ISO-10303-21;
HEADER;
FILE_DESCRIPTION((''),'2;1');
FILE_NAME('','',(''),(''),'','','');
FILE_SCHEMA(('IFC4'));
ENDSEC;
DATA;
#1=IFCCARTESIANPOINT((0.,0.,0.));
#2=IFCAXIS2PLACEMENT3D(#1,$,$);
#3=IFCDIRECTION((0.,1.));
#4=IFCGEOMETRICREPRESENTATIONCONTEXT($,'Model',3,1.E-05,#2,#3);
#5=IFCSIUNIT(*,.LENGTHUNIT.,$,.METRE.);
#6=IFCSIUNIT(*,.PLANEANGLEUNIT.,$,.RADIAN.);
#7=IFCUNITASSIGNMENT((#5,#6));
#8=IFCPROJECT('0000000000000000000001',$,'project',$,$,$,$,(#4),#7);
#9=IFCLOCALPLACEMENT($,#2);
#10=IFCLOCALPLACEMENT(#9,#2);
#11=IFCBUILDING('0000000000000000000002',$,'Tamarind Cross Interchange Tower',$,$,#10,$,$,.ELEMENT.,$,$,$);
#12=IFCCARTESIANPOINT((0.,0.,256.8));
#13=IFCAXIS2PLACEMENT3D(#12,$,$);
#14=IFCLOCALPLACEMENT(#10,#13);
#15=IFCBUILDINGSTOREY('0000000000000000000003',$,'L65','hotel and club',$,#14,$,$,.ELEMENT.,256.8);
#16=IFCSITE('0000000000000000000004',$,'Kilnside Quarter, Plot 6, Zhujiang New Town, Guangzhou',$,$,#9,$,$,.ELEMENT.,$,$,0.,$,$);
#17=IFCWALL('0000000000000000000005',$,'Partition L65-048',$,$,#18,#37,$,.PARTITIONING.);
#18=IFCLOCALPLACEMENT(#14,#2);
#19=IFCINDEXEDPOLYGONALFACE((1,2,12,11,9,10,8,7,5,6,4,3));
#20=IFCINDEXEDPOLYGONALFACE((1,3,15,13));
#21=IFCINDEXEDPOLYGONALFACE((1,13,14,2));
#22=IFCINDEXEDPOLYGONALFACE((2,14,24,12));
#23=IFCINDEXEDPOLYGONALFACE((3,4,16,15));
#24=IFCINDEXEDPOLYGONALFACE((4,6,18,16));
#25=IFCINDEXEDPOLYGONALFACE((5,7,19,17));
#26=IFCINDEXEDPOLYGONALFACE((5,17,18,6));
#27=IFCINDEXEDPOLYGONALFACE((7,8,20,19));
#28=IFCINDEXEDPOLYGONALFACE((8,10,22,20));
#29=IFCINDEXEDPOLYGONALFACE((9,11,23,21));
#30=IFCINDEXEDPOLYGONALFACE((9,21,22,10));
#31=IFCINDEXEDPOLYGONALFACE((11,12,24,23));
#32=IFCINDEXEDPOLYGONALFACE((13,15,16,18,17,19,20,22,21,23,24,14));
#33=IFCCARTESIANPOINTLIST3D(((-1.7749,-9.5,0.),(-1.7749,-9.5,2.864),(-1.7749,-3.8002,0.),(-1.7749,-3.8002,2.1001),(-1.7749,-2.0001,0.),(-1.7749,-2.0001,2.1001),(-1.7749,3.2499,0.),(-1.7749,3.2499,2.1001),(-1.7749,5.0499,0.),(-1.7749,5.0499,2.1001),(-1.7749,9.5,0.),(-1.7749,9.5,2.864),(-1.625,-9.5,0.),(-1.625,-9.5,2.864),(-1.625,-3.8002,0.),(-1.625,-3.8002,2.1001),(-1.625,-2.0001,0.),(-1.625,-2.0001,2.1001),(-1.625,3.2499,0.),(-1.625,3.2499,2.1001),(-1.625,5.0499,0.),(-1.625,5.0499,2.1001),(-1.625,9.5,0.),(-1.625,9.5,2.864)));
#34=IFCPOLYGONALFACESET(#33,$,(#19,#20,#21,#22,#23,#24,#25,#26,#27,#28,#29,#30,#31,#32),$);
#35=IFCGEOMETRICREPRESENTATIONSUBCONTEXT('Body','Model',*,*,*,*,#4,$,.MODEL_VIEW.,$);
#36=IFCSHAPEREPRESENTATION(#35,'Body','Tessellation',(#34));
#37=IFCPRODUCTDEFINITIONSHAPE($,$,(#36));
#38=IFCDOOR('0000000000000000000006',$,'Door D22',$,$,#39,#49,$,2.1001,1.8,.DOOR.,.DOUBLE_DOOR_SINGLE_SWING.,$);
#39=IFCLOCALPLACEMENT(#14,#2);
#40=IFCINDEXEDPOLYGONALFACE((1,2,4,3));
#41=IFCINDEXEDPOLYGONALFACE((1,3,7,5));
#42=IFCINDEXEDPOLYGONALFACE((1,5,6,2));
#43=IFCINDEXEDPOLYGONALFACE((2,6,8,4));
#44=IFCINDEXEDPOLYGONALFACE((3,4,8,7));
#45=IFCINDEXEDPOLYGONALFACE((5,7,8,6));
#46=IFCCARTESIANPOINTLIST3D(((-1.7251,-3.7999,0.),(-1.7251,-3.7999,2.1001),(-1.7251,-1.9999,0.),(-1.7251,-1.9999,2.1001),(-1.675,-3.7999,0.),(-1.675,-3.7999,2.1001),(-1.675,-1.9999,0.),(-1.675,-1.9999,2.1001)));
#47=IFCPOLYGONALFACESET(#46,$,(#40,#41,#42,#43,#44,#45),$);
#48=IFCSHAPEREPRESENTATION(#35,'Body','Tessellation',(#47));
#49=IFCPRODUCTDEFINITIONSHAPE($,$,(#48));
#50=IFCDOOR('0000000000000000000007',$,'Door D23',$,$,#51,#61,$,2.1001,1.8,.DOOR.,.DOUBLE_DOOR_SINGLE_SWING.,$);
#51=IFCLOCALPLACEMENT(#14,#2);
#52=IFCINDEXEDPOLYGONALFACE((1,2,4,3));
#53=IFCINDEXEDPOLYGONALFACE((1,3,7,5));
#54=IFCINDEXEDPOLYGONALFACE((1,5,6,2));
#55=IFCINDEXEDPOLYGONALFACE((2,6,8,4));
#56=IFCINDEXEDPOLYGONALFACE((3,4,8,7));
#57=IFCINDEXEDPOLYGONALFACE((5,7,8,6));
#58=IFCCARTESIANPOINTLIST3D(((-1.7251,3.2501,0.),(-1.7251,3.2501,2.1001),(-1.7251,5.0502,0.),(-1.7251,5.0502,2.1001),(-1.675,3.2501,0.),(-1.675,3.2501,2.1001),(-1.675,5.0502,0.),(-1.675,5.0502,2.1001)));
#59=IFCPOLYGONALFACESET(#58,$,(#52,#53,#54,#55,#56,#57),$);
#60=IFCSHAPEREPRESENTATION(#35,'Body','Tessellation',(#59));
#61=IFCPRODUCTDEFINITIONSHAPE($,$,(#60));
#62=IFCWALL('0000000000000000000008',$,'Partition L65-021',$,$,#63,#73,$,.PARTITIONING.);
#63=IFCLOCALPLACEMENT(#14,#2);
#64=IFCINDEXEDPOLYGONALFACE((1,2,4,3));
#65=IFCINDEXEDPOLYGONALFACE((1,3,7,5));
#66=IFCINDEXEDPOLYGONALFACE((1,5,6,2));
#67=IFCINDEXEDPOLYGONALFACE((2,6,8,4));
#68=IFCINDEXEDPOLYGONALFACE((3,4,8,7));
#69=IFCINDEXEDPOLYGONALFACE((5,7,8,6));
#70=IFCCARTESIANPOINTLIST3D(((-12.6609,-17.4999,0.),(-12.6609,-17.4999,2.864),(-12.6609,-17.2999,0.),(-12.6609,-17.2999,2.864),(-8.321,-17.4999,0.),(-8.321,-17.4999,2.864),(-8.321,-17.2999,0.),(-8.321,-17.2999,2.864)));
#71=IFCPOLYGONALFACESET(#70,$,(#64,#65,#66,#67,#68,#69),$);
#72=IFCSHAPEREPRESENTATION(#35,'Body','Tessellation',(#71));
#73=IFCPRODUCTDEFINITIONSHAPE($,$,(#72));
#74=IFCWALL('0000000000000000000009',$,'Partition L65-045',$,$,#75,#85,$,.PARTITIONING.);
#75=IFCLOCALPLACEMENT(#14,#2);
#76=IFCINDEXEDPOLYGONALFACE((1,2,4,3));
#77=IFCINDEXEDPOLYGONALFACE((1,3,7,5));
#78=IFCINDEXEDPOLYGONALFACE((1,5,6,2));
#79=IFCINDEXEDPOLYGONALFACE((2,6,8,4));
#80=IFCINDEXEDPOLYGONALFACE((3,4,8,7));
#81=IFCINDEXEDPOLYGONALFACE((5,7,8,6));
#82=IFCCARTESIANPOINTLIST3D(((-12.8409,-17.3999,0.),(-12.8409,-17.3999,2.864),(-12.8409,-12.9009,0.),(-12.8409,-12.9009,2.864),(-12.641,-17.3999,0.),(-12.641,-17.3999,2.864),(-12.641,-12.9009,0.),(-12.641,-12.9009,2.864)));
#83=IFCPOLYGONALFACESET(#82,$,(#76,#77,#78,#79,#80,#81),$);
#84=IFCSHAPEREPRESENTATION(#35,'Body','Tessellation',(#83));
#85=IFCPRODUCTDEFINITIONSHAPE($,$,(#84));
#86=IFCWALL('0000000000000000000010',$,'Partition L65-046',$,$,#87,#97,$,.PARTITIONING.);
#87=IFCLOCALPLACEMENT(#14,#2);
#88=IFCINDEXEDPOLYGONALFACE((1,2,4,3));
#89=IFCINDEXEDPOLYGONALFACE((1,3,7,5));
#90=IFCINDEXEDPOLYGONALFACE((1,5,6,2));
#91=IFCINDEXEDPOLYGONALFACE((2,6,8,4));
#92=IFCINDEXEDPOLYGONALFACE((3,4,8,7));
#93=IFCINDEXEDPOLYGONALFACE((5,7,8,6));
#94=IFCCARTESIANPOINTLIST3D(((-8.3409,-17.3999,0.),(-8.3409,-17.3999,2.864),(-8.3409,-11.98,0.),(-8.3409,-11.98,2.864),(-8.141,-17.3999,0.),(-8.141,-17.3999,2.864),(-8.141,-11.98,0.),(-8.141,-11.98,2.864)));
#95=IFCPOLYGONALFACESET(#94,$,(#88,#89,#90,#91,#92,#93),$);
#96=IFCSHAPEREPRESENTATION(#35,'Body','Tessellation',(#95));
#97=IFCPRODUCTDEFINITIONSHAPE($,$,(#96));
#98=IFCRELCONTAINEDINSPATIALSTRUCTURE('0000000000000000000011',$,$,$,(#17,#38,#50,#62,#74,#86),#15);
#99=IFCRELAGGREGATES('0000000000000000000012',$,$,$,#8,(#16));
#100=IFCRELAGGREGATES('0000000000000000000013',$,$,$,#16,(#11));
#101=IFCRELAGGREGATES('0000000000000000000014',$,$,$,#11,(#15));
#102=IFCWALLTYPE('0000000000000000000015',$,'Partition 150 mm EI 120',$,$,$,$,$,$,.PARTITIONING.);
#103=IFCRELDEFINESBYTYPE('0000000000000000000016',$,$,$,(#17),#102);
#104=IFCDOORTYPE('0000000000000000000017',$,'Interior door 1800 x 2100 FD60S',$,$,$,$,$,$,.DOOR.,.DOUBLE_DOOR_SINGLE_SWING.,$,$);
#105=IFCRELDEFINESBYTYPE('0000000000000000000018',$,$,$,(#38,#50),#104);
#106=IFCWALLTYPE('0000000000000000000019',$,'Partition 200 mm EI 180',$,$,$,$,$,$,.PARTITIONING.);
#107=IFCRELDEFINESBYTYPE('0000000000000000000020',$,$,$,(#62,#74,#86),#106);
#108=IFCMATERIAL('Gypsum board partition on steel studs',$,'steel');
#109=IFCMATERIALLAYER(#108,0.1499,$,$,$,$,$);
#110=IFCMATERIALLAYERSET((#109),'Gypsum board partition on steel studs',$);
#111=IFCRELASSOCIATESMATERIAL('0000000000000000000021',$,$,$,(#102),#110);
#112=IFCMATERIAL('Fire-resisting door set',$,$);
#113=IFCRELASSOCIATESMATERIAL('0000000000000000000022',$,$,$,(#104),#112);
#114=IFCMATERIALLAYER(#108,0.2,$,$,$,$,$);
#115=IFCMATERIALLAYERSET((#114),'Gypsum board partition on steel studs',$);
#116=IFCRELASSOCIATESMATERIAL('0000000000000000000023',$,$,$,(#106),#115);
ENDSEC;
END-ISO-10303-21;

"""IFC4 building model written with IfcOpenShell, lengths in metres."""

from ifc_helpers import new_model, si_unit, direction, frame, frame_2d, origin, place, context, subcontext, project, spatial, rectangle, extrude, material, layer, layer_set, type_object, element, fill, save


model = new_model("IFC4")

# Units and contexts
model_context = context("Model", 3, precision=1e-05, world=origin(), true_north=direction((0.0, 1.0)))
body_context = subcontext(model_context, "Body", "Model", "MODEL_VIEW")
ifc_project = project(units=[si_unit("LENGTHUNIT", "METRE"), si_unit("PLANEANGLEUNIT", "RADIAN")], contexts=[model_context])

# Site, building, storey
site_placement = place(None, origin())
site = spatial("IfcSite", under=ifc_project, at=site_placement, Name="Kilnside Quarter, Plot 6, Zhujiang New Town, Guangzhou", CompositionType="ELEMENT", RefElevation=0.0)
building_placement = place(site_placement, origin())
building = spatial("IfcBuilding", under=site, at=building_placement, Name="Tamarind Cross Interchange Tower", CompositionType="ELEMENT")
storey_placement = place(building_placement, frame((0.0, 0.0, 256.8)))
storey = spatial("IfcBuildingStorey", under=building, at=storey_placement, Name="L65", Description="hotel and club", CompositionType="ELEMENT", Elevation=256.8)

# Shared definitions
ifc_material_1 = material(Name="Gypsum board partition on steel studs", Category="steel")
ifc_layer_1 = layer(ifc_material_1, 0.1499)
ifc_layer_set_1 = layer_set([ifc_layer_1], Name="Gypsum board partition on steel studs")
wall_type_1 = type_object("IfcWallType", Name="Partition 150 mm EI 120", PredefinedType="PARTITIONING", material=ifc_layer_set_1)

# Wall, openings, doors
wall_1_placement = place(storey_placement, frame((-1.7, -9.5, 0.0), z_axis=(0.0, 0.0, 1.0), x_axis=(0.0, 1.0, 0.0)))
wall_1 = element("IfcWall", 1, at=wall_1_placement, inside=storey, type_object=wall_type_1, Name="Partition L65-048", PredefinedType="PARTITIONING", context=body_context, shape_type="SweptSolid", body=[
    extrude(rectangle(XDim=19.0, YDim=0.1499, at=frame_2d((9.5, 0.0))), origin(), (0.0, 0.0, 1.0), 2.864),
])
opening_1_placement = place(wall_1_placement, frame((5.7, 0.0, 0.0)))
opening_1 = element("IfcOpeningElement", 2, at=opening_1_placement, cuts=wall_1, PredefinedType="OPENING", context=body_context, shape_type="SweptSolid", body=[
    extrude(rectangle(XDim=1.8, YDim=2.1001, at=frame_2d((0.8999, 1.05))), frame((0.0, 0.085, 0.0), z_axis=(0.0, -1.0, 0.0), x_axis=(1.0, 0.0, 0.0)), (0.0, 0.0, 1.0), 0.1699),
])
opening_2_placement = place(wall_1_placement, frame((12.75, 0.0, 0.0)))
opening_2 = element("IfcOpeningElement", 3, at=opening_2_placement, cuts=wall_1, PredefinedType="OPENING", context=body_context, shape_type="SweptSolid", body=[
    extrude(rectangle(XDim=1.8, YDim=2.1001, at=frame_2d((0.8999, 1.05))), frame((0.0, 0.085, 0.0), z_axis=(0.0, -1.0, 0.0), x_axis=(1.0, 0.0, 0.0)), (0.0, 0.0, 1.0), 0.1699),
])
ifc_material_2 = material(Name="Fire-resisting door set")
door_type_1 = type_object("IfcDoorType", Name="Interior door 1800 x 2100 FD60S", OperationType="DOUBLE_DOOR_SINGLE_SWING", PredefinedType="DOOR", material=ifc_material_2)
door_1_placement = place(opening_1_placement, frame((1.8, 0.0, 0.0), z_axis=(0.0, 0.0, 1.0), x_axis=(-1.0, 0.0, 0.0)))
door_1 = element("IfcDoor", 4, at=door_1_placement, inside=storey, type_object=door_type_1, Name="Door D22", OperationType="DOUBLE_DOOR_SINGLE_SWING", OverallHeight=2.1001, OverallWidth=1.8, PredefinedType="DOOR", context=body_context, shape_type="SweptSolid", body=[
    extrude(rectangle(XDim=1.8, YDim=2.1001, at=frame_2d((0.8999, 1.05))), frame((0.0, 0.0249, 0.0), z_axis=(0.0, -1.0, 0.0), x_axis=(1.0, 0.0, 0.0)), (0.0, 0.0, 1.0), 0.05),
])
fill(opening_1, door_1)
door_2_placement = place(opening_2_placement, frame((1.8, 0.0, 0.0), z_axis=(0.0, 0.0, 1.0), x_axis=(-1.0, 0.0, 0.0)))
door_2 = element("IfcDoor", 5, at=door_2_placement, inside=storey, type_object=door_type_1, Name="Door D23", OperationType="DOUBLE_DOOR_SINGLE_SWING", OverallHeight=2.1001, OverallWidth=1.8, PredefinedType="DOOR", context=body_context, shape_type="SweptSolid", body=[
    extrude(rectangle(XDim=1.8, YDim=2.1001, at=frame_2d((0.8999, 1.05))), frame((0.0, 0.0249, 0.0), z_axis=(0.0, -1.0, 0.0), x_axis=(1.0, 0.0, 0.0)), (0.0, 0.0, 1.0), 0.05),
])
fill(opening_2, door_2)

# Walls
ifc_layer_2 = layer(ifc_material_1, 0.2)
ifc_layer_set_2 = layer_set([ifc_layer_2], Name="Gypsum board partition on steel studs")
wall_type_2 = type_object("IfcWallType", Name="Partition 200 mm EI 180", PredefinedType="PARTITIONING", material=ifc_layer_set_2)
wall_2_placement = place(storey_placement, frame((-12.6609, -17.3999, 0.0), z_axis=(0.0, 0.0, 1.0), x_axis=(1.0, 0.0, 0.0)))
element("IfcWall", 6, at=wall_2_placement, inside=storey, type_object=wall_type_2, Name="Partition L65-021", PredefinedType="PARTITIONING", context=body_context, shape_type="SweptSolid", body=[
    extrude(rectangle(XDim=4.3398, YDim=0.2, at=frame_2d((2.1699, 0.0))), origin(), (0.0, 0.0, 1.0), 2.864),
])
wall_3_placement = place(storey_placement, frame((-12.741, -17.3999, 0.0), z_axis=(0.0, 0.0, 1.0), x_axis=(0.0, 1.0, 0.0)))
element("IfcWall", 7, at=wall_3_placement, inside=storey, type_object=wall_type_2, Name="Partition L65-045", PredefinedType="PARTITIONING", context=body_context, shape_type="SweptSolid", body=[
    extrude(rectangle(XDim=4.499, YDim=0.2, at=frame_2d((2.2495, 0.0))), origin(), (0.0, 0.0, 1.0), 2.864),
])
wall_4_placement = place(storey_placement, frame((-8.241, -17.3999, 0.0), z_axis=(0.0, 0.0, 1.0), x_axis=(0.0, 1.0, 0.0)))
element("IfcWall", 8, at=wall_4_placement, inside=storey, type_object=wall_type_2, Name="Partition L65-046", PredefinedType="PARTITIONING", context=body_context, shape_type="SweptSolid", body=[
    extrude(rectangle(XDim=5.4199, YDim=0.2, at=frame_2d((2.71, 0.0))), origin(), (0.0, 0.0, 1.0), 2.864),
])

save(model, "model.ifc")
